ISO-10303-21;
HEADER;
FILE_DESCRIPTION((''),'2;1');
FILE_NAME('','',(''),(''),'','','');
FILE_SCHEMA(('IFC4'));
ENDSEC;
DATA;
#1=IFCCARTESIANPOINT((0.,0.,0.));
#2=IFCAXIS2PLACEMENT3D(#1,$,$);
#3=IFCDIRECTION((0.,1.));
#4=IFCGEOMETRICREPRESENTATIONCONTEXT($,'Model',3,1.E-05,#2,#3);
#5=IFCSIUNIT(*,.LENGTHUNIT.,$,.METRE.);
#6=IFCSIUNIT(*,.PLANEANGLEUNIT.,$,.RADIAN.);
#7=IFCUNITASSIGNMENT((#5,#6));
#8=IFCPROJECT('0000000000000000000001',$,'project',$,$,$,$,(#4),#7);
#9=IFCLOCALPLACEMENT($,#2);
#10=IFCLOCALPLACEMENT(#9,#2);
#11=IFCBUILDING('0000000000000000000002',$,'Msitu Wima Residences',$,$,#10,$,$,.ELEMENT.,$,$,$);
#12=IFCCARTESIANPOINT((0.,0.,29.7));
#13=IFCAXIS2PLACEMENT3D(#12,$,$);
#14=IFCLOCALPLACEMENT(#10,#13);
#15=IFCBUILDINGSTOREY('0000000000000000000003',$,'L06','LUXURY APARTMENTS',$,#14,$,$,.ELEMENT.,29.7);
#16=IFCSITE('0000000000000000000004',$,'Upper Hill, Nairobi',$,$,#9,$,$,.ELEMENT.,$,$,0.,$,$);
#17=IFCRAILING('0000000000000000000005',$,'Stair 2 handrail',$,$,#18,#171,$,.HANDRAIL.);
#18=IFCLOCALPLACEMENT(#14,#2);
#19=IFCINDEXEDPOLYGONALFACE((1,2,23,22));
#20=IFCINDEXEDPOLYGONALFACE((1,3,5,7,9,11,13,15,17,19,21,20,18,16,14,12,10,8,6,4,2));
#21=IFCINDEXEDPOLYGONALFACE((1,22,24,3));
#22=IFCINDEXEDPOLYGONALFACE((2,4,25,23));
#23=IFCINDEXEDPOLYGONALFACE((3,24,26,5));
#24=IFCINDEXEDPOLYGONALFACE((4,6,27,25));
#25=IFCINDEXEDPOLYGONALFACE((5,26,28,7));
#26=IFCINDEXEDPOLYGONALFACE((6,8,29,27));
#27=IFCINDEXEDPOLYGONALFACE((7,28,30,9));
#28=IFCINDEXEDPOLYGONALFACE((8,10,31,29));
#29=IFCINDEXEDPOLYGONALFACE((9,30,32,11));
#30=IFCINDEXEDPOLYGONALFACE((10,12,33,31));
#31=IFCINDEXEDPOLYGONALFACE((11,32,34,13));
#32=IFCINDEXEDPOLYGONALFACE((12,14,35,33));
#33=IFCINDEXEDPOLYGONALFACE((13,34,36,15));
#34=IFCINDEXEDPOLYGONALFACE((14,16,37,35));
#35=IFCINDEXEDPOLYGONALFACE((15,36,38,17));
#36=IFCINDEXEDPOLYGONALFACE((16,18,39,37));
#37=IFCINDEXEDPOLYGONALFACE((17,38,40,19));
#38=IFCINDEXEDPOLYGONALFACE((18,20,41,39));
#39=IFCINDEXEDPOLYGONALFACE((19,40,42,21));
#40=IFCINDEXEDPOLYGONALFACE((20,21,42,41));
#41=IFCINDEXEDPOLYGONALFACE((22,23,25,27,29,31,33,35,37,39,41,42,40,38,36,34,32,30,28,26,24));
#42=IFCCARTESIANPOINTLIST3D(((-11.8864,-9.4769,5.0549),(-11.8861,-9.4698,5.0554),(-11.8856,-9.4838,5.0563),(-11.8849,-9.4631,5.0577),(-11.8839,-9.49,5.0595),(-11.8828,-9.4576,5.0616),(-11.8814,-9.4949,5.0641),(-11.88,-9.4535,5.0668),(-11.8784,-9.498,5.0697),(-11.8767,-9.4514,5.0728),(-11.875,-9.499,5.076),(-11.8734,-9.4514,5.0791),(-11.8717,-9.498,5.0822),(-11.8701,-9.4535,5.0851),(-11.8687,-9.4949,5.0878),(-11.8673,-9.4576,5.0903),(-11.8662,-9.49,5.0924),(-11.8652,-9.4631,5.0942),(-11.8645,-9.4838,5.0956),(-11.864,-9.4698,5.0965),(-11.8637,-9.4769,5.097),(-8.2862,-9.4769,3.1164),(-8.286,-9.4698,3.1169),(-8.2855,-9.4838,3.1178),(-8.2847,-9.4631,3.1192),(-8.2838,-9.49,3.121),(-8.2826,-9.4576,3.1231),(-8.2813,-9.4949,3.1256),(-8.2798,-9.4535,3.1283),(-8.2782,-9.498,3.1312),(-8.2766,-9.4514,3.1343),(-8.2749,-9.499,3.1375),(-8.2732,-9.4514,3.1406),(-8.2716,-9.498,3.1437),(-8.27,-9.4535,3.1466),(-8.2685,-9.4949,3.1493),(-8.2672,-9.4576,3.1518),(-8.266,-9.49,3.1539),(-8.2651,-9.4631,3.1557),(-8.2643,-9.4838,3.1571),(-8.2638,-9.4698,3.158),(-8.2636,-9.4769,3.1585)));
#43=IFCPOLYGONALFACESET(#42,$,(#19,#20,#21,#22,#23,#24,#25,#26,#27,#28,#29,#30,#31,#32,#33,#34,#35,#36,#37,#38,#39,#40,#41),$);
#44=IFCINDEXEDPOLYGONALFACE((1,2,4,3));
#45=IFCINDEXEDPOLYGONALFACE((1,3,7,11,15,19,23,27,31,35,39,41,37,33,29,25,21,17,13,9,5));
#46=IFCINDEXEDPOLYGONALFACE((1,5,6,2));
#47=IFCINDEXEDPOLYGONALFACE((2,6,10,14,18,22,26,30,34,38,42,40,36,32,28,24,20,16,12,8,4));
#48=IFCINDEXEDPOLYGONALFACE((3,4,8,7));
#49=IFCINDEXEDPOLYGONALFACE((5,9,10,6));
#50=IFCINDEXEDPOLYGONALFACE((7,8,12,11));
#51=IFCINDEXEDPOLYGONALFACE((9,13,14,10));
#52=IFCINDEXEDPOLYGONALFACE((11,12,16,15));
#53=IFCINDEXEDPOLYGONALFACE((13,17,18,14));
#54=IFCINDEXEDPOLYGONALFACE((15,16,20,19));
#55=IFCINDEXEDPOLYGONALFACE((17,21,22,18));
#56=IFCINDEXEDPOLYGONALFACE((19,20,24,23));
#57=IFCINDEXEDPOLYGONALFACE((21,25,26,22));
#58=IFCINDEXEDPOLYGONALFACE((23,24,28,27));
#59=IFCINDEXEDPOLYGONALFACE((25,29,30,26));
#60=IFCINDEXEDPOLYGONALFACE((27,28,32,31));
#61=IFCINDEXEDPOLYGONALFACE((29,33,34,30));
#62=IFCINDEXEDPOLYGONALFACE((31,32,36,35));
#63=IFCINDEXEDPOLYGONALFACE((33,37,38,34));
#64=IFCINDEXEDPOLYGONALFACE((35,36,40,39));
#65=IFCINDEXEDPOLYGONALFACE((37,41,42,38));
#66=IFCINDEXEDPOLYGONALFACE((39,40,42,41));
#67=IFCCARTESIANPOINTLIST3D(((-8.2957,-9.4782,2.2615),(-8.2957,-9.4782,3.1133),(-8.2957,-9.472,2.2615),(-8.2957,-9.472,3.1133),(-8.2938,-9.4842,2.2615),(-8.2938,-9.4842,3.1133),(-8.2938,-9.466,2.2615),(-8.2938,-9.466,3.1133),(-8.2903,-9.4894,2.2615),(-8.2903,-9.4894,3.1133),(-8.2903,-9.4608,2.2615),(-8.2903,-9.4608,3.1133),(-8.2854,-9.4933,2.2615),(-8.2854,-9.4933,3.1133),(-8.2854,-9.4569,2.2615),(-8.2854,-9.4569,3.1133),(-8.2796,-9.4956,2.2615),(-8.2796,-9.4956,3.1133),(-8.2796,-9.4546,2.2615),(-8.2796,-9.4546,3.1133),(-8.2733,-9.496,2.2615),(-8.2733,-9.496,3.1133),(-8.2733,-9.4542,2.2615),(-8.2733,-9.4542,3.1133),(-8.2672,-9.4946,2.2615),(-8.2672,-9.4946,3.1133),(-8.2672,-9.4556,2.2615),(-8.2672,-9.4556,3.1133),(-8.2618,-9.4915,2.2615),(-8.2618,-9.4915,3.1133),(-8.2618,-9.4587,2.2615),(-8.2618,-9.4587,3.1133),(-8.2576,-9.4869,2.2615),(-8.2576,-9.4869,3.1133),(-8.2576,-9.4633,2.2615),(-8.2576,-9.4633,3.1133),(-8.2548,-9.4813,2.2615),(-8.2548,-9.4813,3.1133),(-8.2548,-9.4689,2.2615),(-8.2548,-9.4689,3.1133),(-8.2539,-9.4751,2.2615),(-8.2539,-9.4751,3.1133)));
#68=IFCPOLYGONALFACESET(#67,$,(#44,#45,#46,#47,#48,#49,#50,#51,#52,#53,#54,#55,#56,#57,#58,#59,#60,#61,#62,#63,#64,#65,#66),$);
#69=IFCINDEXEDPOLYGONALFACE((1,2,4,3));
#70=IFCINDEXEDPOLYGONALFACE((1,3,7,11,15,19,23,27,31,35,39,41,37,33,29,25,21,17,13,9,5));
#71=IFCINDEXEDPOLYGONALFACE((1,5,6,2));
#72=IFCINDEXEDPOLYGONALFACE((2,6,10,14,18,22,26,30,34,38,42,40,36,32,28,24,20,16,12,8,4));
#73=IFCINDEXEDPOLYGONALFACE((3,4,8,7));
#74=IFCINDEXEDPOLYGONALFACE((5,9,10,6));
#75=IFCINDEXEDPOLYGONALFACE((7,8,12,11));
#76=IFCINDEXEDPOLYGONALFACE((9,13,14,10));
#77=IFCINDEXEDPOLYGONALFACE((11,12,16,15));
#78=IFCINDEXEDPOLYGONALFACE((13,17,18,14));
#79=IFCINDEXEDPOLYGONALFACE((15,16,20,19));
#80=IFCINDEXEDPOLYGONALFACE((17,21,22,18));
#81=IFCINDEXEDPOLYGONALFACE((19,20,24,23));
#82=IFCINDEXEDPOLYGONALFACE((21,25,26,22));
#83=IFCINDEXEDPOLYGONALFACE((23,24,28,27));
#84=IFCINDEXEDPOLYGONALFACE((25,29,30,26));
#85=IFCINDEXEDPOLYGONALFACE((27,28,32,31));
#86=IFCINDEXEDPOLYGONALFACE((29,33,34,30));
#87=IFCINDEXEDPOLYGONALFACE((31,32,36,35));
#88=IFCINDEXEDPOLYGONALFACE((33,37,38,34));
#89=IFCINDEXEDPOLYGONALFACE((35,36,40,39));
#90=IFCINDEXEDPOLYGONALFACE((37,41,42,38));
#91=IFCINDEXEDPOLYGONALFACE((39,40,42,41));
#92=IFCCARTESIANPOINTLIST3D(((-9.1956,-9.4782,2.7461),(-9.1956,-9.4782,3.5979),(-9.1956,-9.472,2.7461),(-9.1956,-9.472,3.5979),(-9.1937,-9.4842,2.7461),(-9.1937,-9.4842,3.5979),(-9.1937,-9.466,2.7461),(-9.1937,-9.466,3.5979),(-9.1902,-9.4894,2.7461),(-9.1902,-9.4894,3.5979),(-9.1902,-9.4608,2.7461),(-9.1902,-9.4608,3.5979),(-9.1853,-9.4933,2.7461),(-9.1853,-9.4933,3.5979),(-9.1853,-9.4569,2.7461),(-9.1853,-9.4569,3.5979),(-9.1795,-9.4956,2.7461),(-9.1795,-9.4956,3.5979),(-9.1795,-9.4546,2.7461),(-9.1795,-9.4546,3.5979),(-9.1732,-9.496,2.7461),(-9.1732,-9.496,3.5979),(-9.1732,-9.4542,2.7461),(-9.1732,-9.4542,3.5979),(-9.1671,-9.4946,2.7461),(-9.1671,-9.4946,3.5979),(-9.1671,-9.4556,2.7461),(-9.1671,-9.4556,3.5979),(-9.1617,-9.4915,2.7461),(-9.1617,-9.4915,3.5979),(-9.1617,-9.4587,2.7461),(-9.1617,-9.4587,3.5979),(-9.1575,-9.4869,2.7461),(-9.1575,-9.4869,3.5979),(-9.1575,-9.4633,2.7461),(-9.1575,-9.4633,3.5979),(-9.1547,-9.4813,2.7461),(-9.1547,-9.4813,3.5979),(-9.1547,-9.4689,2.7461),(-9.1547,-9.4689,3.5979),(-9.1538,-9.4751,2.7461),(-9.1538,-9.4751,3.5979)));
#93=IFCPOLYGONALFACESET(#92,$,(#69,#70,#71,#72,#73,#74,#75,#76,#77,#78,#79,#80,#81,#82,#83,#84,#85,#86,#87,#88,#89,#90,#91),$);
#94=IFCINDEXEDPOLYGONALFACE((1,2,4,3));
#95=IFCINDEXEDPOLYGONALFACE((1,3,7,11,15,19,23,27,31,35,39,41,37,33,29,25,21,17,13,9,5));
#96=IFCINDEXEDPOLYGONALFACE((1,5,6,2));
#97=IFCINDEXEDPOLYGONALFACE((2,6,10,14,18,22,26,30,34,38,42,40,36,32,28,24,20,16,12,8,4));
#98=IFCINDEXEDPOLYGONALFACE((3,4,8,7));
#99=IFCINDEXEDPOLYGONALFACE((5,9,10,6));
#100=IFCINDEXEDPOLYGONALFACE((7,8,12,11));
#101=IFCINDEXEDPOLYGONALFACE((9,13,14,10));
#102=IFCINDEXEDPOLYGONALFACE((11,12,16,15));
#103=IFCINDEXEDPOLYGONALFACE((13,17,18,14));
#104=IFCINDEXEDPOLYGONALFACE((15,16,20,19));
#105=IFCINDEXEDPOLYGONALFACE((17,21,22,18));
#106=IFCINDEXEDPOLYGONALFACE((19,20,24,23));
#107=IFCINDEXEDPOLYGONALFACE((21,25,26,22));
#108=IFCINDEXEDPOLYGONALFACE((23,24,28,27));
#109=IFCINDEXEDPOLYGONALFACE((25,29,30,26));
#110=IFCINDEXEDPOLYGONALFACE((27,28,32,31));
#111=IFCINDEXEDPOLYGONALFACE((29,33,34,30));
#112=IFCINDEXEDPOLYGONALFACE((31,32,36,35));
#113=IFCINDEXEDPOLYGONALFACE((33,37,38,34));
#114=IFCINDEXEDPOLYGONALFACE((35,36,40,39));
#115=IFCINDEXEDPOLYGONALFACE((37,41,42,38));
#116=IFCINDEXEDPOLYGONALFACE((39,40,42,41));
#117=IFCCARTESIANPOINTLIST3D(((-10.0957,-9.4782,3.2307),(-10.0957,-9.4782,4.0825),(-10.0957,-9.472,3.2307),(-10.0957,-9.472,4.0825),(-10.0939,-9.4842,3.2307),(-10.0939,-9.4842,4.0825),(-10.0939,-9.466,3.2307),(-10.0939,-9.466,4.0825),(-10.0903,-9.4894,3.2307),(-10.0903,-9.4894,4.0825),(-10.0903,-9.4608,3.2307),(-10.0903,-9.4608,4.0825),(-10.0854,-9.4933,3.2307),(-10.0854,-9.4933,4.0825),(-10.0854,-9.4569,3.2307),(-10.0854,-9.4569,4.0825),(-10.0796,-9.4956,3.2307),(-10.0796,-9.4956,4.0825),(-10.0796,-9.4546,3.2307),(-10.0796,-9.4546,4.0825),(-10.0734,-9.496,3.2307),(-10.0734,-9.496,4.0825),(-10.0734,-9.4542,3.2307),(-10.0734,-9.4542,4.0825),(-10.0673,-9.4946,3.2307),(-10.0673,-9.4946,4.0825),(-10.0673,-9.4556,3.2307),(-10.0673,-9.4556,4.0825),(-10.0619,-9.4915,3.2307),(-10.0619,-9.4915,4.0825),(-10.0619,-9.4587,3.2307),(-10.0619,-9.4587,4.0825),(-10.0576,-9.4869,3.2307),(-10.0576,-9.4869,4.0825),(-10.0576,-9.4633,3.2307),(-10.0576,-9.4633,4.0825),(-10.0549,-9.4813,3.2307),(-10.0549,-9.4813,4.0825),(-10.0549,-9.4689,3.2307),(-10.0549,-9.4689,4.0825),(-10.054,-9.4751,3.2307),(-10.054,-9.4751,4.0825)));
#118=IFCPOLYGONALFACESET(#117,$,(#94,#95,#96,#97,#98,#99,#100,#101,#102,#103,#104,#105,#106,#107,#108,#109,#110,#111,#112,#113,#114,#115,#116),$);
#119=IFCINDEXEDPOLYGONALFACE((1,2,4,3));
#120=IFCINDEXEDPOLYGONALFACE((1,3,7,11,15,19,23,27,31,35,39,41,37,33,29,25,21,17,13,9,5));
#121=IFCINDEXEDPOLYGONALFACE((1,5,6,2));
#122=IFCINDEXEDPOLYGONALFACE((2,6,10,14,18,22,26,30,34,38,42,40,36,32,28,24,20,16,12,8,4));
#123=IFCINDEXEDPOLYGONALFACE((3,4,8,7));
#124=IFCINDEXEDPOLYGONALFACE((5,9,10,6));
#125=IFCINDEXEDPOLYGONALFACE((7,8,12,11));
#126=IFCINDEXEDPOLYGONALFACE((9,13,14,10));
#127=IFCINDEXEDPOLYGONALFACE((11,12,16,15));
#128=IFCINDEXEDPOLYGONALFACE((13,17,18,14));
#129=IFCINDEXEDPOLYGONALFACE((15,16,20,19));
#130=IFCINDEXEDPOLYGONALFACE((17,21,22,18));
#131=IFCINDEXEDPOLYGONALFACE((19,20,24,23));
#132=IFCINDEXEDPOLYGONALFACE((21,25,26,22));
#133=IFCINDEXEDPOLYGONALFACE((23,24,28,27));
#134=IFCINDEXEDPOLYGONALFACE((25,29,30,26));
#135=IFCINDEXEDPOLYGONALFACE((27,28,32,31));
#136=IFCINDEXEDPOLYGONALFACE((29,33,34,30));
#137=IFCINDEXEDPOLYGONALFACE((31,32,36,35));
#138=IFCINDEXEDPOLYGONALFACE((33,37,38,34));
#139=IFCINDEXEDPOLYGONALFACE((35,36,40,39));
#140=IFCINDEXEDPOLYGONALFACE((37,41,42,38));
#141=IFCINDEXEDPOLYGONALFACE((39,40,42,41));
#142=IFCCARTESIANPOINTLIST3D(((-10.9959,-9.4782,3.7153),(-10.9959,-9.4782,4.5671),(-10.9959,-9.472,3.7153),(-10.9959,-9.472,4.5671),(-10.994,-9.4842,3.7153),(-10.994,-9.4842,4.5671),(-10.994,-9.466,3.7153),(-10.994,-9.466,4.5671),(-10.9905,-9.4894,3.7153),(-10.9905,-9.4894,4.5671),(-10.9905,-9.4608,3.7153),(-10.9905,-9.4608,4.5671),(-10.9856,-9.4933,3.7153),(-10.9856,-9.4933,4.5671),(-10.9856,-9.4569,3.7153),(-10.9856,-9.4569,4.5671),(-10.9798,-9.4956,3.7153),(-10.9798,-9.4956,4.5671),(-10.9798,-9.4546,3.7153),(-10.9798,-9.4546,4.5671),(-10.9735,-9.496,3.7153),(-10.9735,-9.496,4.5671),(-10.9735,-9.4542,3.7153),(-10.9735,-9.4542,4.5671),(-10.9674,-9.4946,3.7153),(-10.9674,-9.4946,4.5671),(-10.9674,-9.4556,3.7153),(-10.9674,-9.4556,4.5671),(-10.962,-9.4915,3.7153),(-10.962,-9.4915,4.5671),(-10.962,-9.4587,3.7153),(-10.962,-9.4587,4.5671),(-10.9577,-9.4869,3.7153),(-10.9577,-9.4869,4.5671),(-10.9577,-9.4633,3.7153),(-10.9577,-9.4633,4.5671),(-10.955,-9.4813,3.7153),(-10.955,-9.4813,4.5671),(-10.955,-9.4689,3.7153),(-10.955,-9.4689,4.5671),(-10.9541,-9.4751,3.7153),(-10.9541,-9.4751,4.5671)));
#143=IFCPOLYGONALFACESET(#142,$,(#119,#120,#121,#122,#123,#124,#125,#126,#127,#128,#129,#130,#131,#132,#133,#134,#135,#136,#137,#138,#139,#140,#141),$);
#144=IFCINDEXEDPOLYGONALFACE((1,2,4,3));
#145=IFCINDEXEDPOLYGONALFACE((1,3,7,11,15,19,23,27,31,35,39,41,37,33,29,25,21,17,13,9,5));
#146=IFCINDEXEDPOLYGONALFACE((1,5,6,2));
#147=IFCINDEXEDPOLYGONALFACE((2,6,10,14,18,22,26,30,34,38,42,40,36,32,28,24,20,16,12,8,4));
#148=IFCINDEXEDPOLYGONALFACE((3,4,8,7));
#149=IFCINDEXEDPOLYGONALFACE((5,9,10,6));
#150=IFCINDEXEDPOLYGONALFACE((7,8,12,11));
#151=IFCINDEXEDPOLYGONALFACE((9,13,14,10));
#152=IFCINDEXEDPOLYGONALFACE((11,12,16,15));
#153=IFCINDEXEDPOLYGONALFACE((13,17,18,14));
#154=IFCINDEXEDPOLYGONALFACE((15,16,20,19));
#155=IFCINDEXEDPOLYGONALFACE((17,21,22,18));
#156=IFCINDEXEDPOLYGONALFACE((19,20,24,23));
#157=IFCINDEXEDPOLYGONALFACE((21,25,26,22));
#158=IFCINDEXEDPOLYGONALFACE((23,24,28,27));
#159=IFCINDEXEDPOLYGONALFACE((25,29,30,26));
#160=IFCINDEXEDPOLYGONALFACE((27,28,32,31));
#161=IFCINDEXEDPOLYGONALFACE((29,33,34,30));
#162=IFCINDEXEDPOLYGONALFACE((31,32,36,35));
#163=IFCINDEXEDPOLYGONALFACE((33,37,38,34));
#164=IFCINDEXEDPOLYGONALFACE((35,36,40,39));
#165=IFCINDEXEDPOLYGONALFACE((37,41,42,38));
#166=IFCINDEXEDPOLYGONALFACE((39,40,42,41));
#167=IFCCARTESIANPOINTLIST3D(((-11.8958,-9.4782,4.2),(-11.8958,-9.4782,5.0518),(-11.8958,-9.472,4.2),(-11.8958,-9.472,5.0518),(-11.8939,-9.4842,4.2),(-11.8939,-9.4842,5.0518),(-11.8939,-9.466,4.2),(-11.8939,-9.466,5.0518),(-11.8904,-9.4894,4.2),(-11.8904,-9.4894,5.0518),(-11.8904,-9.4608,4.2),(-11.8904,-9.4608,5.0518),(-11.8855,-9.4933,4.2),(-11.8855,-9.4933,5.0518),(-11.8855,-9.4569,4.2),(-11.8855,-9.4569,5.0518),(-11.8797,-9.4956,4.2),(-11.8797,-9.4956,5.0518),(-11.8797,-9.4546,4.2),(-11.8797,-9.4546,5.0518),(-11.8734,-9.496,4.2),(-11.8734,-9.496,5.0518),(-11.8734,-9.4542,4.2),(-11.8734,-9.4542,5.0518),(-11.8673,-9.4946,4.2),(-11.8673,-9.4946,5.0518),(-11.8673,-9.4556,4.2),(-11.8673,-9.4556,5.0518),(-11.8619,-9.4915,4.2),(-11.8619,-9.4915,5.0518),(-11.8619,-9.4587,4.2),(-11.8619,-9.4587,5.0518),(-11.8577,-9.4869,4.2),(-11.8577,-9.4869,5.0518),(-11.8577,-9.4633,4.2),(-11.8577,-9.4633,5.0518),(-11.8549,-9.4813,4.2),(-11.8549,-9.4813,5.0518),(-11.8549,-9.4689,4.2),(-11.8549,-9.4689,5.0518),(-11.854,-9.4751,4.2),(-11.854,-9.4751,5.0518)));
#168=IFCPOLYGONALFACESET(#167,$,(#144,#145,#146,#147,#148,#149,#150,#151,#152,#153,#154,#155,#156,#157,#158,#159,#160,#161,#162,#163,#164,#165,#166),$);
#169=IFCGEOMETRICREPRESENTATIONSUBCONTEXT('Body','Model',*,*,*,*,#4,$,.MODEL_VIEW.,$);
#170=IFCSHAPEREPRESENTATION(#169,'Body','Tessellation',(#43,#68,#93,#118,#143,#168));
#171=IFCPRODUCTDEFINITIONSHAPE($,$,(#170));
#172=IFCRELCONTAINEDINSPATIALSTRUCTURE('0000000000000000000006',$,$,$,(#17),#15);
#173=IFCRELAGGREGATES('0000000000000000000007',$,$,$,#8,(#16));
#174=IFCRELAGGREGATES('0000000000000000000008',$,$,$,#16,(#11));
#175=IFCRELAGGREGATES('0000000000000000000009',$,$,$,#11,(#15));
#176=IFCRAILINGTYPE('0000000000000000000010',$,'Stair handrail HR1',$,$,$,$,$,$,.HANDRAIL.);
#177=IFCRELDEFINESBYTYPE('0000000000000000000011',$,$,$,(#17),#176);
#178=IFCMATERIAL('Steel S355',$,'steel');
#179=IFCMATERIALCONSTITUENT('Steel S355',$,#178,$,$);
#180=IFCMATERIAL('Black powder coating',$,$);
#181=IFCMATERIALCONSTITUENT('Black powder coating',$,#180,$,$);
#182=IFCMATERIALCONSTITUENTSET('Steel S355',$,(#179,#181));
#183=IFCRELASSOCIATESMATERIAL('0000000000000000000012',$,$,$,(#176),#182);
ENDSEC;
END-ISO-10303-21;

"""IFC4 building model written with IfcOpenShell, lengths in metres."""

from ifc_helpers import new_model, si_unit, direction, frame, origin, origin_2d, place, context, subcontext, project, spatial, circle, extrude, material, constituent, constituent_set, type_object, element, save


model = new_model("IFC4")

# Units and contexts
model_context = context("Model", 3, precision=1e-05, world=origin(), true_north=direction((0.0, 1.0)))
body_context = subcontext(model_context, "Body", "Model", "MODEL_VIEW")
ifc_project = project(units=[si_unit("LENGTHUNIT", "METRE"), si_unit("PLANEANGLEUNIT", "RADIAN")], contexts=[model_context])

# Site, building, storey
site_placement = place(None, origin())
site = spatial("IfcSite", under=ifc_project, at=site_placement, Name="Upper Hill, Nairobi", CompositionType="ELEMENT", RefElevation=0.0)
building_placement = place(site_placement, origin())
building = spatial("IfcBuilding", under=site, at=building_placement, Name="Msitu Wima Residences", CompositionType="ELEMENT")
storey_placement = place(building_placement, frame((0.0, 0.0, 29.7)))
storey = spatial("IfcBuildingStorey", under=building, at=storey_placement, Name="L06", Description="LUXURY APARTMENTS", CompositionType="ELEMENT", Elevation=29.7)

# Railing
ifc_material_1 = material(Name="Steel S355", Category="steel")
ifc_constituent_1 = constituent(ifc_material_1, Name="Steel S355")
ifc_material_2 = material(Name="Black powder coating")
ifc_constituent_2 = constituent(ifc_material_2, Name="Black powder coating")
ifc_constituent_set = constituent_set(constituents=[ifc_constituent_1, ifc_constituent_2], Name="Steel S355")
railing_type = type_object("IfcRailingType", Name="Stair handrail HR1", PredefinedType="HANDRAIL", material=ifc_constituent_set)
railing_placement = place(storey_placement, frame((-8.2749, -9.4751, 2.2615)))
element("IfcRailing", 1, at=railing_placement, inside=storey, type_object=railing_type, Name="Stair 2 handrail", PredefinedType="HANDRAIL", context=body_context, shape_type="SweptSolid", body=[
    extrude(circle(Radius=0.0239, at=origin_2d()), frame((0.0, 0.0, 0.876), z_axis=(-0.880475, 0.0, 0.474093), x_axis=(0.0, -1.0, 0.0)), (0.0, 0.0, 1.0), 4.0889),
    extrude(circle(Radius=0.021, at=origin_2d()), origin(), (0.0, 0.0, 1.0), 0.8518),
    extrude(circle(Radius=0.021, at=origin_2d()), frame((-0.8999, 0.0, 0.4846)), (0.0, 0.0, 1.0), 0.8518),
    extrude(circle(Radius=0.021, at=origin_2d()), frame((-1.8, 0.0, 0.9692)), (0.0, 0.0, 1.0), 0.8518),
    extrude(circle(Radius=0.021, at=origin_2d()), frame((-2.7002, 0.0, 1.4539)), (0.0, 0.0, 1.0), 0.8518),
    extrude(circle(Radius=0.021, at=origin_2d()), frame((-3.6001, 0.0, 1.9385)), (0.0, 0.0, 1.0), 0.8518),
])

save(model, "model.ifc")
